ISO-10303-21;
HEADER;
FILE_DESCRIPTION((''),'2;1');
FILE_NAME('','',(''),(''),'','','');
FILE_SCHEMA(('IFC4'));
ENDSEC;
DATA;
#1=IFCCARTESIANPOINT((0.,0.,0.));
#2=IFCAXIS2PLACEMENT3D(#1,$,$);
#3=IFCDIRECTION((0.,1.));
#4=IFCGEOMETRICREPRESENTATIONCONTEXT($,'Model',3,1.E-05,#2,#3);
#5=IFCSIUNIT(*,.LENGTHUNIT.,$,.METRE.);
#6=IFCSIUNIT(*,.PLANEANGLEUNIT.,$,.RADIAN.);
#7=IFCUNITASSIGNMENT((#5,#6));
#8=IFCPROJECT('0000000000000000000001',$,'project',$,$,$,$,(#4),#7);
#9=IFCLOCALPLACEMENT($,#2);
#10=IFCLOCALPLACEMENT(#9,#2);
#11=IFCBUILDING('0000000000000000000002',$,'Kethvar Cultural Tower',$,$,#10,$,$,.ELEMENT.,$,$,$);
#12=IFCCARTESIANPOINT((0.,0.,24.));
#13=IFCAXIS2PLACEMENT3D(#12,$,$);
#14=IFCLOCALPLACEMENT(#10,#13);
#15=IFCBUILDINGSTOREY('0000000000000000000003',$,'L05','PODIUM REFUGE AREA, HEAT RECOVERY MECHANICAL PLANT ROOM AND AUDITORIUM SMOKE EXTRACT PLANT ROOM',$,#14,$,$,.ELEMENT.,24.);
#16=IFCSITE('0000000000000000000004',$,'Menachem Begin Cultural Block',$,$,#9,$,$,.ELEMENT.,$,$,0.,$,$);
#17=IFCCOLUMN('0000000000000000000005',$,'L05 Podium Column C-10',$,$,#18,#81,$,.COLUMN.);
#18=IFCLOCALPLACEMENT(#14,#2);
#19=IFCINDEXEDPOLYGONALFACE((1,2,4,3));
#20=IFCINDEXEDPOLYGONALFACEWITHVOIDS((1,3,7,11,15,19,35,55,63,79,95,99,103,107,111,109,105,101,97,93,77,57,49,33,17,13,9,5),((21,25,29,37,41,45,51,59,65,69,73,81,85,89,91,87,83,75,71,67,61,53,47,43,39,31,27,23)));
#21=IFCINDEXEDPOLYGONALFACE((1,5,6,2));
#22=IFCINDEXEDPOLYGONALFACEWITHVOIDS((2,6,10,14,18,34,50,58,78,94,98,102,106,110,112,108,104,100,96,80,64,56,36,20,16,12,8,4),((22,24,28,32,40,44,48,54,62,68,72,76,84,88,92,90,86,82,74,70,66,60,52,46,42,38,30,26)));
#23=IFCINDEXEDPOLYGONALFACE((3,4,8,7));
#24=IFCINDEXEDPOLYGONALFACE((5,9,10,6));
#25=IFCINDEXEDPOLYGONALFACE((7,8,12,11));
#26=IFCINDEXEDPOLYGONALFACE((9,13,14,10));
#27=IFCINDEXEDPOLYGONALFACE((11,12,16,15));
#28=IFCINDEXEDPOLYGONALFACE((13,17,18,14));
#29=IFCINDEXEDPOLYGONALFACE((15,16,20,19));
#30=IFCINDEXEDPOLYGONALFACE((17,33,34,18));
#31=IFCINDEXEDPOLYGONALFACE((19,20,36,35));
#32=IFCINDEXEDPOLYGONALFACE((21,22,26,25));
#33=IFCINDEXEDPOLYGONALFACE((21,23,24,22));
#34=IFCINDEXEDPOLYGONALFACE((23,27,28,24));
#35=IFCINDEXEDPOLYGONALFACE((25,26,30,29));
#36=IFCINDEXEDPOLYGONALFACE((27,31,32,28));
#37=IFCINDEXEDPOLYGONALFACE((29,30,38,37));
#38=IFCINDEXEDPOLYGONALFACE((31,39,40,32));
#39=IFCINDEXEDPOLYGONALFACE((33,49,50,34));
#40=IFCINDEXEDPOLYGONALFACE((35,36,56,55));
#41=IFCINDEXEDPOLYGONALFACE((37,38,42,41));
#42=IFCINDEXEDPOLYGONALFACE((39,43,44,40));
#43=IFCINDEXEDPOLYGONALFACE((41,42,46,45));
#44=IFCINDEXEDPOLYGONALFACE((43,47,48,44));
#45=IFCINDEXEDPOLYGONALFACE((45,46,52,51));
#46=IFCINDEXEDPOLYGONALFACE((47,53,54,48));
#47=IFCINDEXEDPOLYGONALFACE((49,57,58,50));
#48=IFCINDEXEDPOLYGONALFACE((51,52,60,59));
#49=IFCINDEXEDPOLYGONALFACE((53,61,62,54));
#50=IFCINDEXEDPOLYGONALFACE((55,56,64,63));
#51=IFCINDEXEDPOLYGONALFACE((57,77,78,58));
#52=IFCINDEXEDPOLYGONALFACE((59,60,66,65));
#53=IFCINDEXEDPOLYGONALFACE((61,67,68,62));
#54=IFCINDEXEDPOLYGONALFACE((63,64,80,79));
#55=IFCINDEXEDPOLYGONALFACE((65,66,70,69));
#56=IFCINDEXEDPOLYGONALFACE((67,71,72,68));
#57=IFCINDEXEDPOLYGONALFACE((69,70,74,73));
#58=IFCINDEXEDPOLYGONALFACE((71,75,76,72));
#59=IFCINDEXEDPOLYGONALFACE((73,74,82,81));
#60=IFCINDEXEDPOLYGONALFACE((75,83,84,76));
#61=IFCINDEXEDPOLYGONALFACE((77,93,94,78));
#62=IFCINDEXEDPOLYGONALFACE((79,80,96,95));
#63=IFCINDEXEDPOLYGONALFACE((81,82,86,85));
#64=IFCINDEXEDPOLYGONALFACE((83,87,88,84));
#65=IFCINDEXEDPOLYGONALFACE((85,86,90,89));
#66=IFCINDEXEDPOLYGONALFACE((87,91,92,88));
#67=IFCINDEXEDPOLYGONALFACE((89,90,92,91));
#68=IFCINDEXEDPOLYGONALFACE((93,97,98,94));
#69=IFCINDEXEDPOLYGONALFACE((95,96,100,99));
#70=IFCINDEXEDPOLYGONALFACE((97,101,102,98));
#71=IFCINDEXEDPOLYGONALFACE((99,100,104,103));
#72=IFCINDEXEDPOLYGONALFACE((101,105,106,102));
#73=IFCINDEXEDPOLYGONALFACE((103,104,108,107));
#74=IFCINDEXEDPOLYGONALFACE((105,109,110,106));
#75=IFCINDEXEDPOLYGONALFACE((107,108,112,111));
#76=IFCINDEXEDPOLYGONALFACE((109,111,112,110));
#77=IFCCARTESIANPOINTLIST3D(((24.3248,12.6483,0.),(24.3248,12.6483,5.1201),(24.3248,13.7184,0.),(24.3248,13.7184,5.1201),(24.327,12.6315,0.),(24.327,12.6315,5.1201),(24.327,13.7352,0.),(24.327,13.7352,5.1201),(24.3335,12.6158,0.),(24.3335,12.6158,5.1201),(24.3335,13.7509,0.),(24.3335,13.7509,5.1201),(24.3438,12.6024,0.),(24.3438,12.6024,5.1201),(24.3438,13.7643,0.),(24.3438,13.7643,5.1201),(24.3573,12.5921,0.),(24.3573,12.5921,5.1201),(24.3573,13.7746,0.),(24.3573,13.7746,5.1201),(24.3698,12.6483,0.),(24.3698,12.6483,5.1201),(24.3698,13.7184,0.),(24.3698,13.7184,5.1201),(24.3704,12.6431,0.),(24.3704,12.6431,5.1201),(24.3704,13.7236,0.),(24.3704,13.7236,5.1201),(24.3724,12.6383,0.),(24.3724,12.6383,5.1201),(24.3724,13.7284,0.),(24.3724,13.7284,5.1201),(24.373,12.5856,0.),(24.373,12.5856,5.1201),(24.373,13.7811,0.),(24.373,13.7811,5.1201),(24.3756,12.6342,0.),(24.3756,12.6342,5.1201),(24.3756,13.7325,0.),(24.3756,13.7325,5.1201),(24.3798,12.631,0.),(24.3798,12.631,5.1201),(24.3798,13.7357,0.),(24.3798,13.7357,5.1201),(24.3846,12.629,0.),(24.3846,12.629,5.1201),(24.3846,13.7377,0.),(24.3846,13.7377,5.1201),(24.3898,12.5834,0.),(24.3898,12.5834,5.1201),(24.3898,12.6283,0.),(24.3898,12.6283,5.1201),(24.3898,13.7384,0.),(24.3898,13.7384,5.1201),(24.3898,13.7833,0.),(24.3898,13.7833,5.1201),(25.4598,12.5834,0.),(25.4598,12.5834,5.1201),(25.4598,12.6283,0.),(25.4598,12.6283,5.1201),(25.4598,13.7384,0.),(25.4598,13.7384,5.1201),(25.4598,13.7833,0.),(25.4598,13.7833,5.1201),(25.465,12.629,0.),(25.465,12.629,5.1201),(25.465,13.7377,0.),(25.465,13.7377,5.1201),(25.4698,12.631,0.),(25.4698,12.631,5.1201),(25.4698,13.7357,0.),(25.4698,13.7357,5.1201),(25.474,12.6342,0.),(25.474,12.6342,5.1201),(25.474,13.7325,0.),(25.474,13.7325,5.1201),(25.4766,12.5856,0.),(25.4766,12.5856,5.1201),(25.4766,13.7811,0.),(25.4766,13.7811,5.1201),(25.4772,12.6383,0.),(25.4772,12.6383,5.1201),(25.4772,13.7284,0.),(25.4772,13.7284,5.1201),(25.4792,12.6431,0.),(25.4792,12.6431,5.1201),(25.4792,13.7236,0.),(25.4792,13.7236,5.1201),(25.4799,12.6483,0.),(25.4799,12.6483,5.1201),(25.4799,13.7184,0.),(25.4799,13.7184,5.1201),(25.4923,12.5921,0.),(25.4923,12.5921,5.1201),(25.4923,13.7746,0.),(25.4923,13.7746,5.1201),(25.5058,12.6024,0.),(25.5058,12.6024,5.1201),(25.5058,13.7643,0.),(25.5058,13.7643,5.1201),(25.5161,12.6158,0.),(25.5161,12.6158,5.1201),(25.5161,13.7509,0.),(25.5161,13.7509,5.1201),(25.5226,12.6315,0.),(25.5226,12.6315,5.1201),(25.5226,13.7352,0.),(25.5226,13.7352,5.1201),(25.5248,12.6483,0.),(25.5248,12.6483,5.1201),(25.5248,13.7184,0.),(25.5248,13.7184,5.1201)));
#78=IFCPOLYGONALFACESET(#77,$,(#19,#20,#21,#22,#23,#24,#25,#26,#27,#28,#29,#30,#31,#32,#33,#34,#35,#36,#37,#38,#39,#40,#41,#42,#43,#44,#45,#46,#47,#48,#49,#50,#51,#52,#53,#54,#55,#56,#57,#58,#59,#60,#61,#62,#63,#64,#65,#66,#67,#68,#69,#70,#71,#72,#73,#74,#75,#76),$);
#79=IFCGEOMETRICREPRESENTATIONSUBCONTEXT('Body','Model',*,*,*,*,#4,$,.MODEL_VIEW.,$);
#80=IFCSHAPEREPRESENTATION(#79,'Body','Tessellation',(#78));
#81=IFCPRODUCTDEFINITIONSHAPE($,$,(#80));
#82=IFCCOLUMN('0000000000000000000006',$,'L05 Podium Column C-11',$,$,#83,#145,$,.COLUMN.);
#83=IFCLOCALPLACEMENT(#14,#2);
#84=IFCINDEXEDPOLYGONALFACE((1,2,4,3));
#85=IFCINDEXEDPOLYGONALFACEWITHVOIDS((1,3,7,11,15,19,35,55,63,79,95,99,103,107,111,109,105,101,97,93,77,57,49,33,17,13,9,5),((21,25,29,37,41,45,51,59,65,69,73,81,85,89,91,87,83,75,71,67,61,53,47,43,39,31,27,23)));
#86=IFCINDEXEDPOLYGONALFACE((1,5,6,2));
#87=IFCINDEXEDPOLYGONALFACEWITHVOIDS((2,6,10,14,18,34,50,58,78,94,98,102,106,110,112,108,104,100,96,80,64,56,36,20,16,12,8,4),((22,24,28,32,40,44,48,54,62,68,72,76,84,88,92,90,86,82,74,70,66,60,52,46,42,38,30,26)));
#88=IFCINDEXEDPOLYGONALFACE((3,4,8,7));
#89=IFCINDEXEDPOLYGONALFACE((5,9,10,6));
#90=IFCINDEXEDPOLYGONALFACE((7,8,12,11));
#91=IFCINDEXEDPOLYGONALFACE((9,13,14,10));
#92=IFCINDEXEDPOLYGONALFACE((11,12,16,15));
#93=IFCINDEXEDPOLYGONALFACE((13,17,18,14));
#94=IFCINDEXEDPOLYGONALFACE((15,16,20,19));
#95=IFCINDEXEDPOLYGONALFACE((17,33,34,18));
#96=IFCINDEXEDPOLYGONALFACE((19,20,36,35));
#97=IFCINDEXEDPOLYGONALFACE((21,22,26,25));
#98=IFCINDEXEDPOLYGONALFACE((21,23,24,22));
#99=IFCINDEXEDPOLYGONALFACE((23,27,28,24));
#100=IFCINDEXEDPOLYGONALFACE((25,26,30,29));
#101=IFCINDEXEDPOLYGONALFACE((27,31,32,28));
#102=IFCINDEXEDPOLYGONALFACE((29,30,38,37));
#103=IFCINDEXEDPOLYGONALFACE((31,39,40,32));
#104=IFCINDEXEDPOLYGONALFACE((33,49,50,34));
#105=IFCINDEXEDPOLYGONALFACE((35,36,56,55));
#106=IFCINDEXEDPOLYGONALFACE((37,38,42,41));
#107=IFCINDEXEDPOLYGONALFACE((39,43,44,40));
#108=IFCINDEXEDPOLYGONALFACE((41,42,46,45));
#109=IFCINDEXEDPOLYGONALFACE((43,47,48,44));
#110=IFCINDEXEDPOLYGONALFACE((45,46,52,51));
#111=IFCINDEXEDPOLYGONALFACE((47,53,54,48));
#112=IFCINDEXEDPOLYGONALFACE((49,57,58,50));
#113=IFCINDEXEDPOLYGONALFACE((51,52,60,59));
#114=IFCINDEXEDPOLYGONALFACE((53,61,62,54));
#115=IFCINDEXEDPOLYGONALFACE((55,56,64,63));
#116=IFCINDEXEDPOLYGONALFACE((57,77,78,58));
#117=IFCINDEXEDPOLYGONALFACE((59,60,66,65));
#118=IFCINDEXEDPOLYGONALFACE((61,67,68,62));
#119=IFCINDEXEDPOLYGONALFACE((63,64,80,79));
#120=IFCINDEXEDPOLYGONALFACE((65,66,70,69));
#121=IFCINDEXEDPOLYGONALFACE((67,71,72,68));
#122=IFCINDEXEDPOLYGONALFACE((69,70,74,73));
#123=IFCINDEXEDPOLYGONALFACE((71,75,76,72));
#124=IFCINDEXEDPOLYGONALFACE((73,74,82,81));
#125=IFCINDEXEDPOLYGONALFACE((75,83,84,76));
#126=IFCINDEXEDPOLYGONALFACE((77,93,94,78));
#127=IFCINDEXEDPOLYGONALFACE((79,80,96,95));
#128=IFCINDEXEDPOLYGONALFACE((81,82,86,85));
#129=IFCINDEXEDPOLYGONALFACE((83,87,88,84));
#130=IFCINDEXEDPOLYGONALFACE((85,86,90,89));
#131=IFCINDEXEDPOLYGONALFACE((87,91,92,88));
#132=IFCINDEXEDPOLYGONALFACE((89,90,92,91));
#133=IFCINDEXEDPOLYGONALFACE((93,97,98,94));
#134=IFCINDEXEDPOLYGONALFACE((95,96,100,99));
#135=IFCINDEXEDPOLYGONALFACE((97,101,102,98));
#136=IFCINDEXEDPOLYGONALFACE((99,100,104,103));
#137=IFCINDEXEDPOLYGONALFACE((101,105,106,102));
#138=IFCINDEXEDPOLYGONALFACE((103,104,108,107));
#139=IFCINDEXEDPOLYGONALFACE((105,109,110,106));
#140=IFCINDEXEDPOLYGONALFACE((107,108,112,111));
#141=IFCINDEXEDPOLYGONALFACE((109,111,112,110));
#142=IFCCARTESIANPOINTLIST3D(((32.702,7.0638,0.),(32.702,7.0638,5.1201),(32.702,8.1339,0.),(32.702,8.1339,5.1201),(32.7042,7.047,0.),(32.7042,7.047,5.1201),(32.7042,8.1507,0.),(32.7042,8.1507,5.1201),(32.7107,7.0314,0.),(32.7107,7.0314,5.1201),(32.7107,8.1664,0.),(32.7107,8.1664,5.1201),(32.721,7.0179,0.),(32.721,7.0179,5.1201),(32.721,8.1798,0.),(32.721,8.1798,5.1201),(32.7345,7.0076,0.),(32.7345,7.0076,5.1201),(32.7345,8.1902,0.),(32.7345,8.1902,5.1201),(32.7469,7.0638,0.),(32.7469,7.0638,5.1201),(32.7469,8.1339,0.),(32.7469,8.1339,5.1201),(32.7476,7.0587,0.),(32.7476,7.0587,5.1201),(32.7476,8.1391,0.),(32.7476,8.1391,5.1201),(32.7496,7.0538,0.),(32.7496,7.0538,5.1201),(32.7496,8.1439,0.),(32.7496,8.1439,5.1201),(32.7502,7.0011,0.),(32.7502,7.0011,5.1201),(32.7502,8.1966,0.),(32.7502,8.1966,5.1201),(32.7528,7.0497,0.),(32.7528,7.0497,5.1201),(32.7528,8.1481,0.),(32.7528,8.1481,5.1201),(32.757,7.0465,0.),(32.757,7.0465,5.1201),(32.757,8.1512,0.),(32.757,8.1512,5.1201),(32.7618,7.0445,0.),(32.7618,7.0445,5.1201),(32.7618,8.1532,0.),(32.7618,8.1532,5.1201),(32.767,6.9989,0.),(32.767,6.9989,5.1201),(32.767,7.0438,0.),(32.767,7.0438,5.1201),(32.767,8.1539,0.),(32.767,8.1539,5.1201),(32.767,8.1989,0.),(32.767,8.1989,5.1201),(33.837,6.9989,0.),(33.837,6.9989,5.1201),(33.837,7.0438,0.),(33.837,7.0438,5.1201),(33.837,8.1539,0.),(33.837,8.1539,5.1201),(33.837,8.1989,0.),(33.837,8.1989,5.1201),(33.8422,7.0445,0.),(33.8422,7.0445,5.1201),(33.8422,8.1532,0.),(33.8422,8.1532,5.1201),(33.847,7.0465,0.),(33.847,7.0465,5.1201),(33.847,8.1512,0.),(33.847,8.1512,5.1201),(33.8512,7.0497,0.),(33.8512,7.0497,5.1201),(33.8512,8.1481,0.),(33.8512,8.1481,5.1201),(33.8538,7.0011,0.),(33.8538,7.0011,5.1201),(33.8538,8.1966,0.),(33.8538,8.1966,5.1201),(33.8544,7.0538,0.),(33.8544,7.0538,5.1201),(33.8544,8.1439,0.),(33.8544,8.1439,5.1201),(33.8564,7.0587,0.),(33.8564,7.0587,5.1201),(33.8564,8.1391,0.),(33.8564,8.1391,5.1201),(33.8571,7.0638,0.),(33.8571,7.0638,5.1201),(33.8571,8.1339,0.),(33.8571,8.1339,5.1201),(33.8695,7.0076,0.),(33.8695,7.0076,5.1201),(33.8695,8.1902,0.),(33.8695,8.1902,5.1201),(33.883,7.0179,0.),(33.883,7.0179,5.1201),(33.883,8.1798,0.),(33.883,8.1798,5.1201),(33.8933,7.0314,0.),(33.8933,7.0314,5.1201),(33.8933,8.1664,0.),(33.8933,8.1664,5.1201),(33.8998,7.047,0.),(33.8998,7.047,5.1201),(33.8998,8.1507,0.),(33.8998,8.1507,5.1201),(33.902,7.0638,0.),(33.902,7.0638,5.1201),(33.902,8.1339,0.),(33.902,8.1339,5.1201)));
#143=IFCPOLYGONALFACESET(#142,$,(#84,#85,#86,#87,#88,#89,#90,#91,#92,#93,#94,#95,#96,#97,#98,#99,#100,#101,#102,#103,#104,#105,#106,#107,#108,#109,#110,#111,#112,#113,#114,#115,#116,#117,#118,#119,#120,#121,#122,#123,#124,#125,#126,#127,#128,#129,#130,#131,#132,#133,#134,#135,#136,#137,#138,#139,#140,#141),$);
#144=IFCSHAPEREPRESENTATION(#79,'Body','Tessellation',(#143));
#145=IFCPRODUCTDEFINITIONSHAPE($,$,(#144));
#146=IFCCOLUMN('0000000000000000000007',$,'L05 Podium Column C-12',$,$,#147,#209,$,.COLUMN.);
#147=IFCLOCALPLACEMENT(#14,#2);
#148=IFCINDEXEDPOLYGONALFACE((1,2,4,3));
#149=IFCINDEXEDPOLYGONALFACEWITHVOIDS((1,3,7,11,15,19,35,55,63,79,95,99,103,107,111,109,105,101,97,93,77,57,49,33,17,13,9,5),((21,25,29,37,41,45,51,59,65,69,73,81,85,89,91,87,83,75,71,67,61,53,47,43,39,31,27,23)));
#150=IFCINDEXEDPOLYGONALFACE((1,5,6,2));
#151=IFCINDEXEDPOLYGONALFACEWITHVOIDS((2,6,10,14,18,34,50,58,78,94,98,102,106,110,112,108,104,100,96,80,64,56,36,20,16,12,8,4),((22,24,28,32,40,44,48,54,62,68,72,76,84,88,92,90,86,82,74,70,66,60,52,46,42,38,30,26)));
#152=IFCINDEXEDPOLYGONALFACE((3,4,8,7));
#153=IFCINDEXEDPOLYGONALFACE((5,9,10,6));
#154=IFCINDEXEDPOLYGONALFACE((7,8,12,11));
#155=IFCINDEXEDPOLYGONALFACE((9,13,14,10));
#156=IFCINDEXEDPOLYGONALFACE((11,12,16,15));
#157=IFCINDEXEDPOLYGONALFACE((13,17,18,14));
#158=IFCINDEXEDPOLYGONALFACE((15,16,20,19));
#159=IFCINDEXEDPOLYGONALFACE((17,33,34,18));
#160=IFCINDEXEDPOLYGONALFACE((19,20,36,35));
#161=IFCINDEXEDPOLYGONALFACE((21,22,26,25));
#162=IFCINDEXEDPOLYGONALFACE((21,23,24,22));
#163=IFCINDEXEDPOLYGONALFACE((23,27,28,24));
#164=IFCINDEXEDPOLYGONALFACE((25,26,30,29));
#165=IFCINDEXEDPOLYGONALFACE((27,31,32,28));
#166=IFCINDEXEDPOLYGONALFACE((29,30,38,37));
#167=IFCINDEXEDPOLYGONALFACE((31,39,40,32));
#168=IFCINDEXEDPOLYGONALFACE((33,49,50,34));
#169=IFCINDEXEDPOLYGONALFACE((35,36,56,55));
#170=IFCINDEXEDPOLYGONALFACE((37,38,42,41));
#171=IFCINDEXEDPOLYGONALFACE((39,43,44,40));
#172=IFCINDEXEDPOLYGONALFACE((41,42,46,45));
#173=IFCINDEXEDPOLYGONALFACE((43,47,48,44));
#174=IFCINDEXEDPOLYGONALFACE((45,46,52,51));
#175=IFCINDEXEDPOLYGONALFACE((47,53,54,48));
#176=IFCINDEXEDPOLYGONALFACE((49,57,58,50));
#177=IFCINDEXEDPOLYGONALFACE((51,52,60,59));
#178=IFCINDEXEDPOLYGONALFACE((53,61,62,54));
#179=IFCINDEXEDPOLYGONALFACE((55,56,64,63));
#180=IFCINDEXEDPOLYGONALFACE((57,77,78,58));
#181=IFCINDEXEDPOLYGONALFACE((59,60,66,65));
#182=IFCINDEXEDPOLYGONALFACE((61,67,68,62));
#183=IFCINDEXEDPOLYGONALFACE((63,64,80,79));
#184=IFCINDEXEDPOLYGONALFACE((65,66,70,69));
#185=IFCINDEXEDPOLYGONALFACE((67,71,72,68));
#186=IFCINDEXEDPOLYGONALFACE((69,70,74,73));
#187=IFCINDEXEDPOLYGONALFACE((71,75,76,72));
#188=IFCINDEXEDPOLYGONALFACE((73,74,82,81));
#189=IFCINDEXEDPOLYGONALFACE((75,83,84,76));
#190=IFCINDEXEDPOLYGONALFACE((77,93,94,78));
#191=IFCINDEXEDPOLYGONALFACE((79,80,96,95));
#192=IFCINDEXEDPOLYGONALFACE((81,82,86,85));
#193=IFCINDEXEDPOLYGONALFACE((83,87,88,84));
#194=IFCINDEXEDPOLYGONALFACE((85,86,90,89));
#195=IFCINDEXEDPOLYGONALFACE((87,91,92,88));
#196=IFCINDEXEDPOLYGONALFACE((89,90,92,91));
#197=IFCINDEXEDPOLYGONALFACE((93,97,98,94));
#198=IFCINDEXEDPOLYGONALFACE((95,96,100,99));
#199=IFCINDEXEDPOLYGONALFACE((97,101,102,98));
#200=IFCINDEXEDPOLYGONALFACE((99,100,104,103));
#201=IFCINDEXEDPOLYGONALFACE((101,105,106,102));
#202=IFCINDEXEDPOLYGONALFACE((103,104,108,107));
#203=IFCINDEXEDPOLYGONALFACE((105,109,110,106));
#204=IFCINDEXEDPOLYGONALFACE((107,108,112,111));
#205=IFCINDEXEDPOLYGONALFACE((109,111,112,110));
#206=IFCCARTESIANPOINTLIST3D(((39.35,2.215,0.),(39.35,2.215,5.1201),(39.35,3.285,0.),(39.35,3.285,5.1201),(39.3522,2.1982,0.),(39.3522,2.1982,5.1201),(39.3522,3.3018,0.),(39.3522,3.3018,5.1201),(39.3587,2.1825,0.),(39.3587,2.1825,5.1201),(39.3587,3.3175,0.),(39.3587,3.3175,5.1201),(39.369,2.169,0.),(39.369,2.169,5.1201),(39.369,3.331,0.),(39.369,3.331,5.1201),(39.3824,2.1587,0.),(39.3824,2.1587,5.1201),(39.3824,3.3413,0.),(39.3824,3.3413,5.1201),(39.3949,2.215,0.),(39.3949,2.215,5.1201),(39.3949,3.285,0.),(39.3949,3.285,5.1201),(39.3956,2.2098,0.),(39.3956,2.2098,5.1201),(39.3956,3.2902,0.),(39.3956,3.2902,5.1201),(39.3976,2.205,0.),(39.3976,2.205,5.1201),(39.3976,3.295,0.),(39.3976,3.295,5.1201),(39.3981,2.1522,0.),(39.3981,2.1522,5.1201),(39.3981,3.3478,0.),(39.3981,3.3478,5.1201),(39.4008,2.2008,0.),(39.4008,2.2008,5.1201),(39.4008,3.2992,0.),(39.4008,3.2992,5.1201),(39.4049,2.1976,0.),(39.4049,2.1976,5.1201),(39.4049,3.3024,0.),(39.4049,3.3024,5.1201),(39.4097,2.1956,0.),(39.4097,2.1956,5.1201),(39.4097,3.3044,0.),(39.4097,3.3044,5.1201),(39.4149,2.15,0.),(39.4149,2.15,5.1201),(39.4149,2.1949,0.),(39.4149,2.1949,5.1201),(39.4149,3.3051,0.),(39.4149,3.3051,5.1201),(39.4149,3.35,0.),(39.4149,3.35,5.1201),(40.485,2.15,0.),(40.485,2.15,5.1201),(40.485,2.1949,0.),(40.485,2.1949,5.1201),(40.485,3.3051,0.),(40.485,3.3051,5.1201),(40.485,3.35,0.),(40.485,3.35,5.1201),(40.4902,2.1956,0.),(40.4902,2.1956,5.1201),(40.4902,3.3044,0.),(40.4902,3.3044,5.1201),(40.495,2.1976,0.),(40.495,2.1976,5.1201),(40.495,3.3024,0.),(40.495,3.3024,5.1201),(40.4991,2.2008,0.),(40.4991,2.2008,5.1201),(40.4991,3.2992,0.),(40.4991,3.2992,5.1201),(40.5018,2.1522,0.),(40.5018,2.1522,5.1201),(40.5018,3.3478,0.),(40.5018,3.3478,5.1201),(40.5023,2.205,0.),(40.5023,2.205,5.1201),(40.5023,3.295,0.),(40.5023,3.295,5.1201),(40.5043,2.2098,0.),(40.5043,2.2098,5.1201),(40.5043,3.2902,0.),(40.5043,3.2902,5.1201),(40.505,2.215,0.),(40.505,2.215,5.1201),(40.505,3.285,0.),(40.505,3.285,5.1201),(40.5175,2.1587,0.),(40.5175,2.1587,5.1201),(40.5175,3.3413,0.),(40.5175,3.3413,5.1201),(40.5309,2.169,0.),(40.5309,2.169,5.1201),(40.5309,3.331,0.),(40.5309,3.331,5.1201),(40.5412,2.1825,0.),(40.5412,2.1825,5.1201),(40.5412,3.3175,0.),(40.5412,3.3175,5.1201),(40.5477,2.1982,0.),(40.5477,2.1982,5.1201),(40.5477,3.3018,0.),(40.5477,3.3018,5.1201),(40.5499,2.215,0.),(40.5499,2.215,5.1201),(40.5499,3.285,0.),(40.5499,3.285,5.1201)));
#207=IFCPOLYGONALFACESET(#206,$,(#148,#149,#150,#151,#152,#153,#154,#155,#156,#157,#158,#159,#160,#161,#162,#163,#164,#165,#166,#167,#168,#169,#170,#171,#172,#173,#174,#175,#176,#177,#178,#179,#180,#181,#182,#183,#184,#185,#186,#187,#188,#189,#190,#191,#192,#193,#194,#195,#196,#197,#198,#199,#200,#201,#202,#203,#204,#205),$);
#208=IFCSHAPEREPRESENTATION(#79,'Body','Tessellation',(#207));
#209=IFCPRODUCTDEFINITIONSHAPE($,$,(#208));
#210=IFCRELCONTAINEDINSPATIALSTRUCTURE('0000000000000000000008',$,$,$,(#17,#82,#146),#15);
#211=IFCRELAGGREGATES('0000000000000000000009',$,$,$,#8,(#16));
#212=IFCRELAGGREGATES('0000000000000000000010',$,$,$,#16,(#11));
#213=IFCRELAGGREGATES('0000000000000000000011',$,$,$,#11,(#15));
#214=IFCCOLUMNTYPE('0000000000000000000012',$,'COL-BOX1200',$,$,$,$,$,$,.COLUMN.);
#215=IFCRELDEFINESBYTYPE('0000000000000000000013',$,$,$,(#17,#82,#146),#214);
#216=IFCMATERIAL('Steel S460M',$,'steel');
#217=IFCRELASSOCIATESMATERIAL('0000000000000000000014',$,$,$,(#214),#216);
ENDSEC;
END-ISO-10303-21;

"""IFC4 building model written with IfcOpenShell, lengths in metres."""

from ifc_helpers import new_model, si_unit, direction, frame, origin, origin_2d, place, context, subcontext, project, spatial, hollow_rectangle, extrude, source, transform, mapped, material, material_profile, profile_set, type_object, element, save


model = new_model("IFC4")

# Units and contexts
model_context = context("Model", 3, precision=1e-05, world=origin(), true_north=direction((0.0, 1.0)))
body_context = subcontext(model_context, "Body", "Model", "MODEL_VIEW")
ifc_project = project(units=[si_unit("LENGTHUNIT", "METRE"), si_unit("PLANEANGLEUNIT", "RADIAN")], contexts=[model_context])

# Site, building, storey
site_placement = place(None, origin())
site = spatial("IfcSite", under=ifc_project, at=site_placement, Name="Menachem Begin Cultural Block", CompositionType="ELEMENT", RefElevation=0.0)
building_placement = place(site_placement, origin())
building = spatial("IfcBuilding", under=site, at=building_placement, Name="Kethvar Cultural Tower", CompositionType="ELEMENT")
storey_placement = place(building_placement, frame((0.0, 0.0, 24.0)))
storey = spatial("IfcBuildingStorey", under=building, at=storey_placement, Name="L05", Description="PODIUM REFUGE AREA, HEAT RECOVERY MECHANICAL PLANT ROOM AND AUDITORIUM SMOKE EXTRACT PLANT ROOM", CompositionType="ELEMENT", Elevation=24.0)

# Columns
ifc_material_1 = material(Name="Steel S460M", Category="steel")
ifc_material_profile_1 = material_profile(ifc_material_1, hollow_rectangle(XDim=1.2, YDim=1.2, WallThickness=0.0449, InnerFilletRadius=0.02, OuterFilletRadius=0.0649, at=origin_2d()), Name="Steel S460M — BOX1200x1200x45")
ifc_profile_set_1 = profile_set([ifc_material_profile_1], Name="Steel S460M — BOX1200x1200x45")
column_type = type_object("IfcColumnType", Name="COL-BOX1200", PredefinedType="COLUMN", material=ifc_profile_set_1)
shared_shape_1 = source(origin(), body_context, "Body", "SweptSolid", [
    extrude(hollow_rectangle(XDim=1.2, YDim=1.2, WallThickness=0.0449, InnerFilletRadius=0.02, OuterFilletRadius=0.0649, at=origin_2d()), origin(), (0.0, 0.0, 1.0), 5.1201),
])
for number, where, z_axis, x_axis, name in (
    (1, (24.9248, 13.1833, 0.0), (0.0, 0.0, 1.0), (1.0, 0.0, 0.0), "L05 Podium Column C-10"),
    (2, (33.302, 7.5989, 0.0), (0.0, 0.0, 1.0), (1.0, 0.0, 0.0), "L05 Podium Column C-11"),
    (3, (39.95, 2.75, 0.0), (0.0, 0.0, 1.0), (1.0, 0.0, 0.0), "L05 Podium Column C-12"),
):
    element("IfcColumn", number, at=place(storey_placement, frame(where, z_axis=z_axis, x_axis=x_axis)), inside=storey, type_object=column_type, Name=name, PredefinedType="COLUMN", context=body_context, shape_type="MappedRepresentation", body=[
        mapped(shared_shape_1, transform((0.0, 0.0, 0.0), scale=1.0)),
    ])

save(model, "model.ifc")
